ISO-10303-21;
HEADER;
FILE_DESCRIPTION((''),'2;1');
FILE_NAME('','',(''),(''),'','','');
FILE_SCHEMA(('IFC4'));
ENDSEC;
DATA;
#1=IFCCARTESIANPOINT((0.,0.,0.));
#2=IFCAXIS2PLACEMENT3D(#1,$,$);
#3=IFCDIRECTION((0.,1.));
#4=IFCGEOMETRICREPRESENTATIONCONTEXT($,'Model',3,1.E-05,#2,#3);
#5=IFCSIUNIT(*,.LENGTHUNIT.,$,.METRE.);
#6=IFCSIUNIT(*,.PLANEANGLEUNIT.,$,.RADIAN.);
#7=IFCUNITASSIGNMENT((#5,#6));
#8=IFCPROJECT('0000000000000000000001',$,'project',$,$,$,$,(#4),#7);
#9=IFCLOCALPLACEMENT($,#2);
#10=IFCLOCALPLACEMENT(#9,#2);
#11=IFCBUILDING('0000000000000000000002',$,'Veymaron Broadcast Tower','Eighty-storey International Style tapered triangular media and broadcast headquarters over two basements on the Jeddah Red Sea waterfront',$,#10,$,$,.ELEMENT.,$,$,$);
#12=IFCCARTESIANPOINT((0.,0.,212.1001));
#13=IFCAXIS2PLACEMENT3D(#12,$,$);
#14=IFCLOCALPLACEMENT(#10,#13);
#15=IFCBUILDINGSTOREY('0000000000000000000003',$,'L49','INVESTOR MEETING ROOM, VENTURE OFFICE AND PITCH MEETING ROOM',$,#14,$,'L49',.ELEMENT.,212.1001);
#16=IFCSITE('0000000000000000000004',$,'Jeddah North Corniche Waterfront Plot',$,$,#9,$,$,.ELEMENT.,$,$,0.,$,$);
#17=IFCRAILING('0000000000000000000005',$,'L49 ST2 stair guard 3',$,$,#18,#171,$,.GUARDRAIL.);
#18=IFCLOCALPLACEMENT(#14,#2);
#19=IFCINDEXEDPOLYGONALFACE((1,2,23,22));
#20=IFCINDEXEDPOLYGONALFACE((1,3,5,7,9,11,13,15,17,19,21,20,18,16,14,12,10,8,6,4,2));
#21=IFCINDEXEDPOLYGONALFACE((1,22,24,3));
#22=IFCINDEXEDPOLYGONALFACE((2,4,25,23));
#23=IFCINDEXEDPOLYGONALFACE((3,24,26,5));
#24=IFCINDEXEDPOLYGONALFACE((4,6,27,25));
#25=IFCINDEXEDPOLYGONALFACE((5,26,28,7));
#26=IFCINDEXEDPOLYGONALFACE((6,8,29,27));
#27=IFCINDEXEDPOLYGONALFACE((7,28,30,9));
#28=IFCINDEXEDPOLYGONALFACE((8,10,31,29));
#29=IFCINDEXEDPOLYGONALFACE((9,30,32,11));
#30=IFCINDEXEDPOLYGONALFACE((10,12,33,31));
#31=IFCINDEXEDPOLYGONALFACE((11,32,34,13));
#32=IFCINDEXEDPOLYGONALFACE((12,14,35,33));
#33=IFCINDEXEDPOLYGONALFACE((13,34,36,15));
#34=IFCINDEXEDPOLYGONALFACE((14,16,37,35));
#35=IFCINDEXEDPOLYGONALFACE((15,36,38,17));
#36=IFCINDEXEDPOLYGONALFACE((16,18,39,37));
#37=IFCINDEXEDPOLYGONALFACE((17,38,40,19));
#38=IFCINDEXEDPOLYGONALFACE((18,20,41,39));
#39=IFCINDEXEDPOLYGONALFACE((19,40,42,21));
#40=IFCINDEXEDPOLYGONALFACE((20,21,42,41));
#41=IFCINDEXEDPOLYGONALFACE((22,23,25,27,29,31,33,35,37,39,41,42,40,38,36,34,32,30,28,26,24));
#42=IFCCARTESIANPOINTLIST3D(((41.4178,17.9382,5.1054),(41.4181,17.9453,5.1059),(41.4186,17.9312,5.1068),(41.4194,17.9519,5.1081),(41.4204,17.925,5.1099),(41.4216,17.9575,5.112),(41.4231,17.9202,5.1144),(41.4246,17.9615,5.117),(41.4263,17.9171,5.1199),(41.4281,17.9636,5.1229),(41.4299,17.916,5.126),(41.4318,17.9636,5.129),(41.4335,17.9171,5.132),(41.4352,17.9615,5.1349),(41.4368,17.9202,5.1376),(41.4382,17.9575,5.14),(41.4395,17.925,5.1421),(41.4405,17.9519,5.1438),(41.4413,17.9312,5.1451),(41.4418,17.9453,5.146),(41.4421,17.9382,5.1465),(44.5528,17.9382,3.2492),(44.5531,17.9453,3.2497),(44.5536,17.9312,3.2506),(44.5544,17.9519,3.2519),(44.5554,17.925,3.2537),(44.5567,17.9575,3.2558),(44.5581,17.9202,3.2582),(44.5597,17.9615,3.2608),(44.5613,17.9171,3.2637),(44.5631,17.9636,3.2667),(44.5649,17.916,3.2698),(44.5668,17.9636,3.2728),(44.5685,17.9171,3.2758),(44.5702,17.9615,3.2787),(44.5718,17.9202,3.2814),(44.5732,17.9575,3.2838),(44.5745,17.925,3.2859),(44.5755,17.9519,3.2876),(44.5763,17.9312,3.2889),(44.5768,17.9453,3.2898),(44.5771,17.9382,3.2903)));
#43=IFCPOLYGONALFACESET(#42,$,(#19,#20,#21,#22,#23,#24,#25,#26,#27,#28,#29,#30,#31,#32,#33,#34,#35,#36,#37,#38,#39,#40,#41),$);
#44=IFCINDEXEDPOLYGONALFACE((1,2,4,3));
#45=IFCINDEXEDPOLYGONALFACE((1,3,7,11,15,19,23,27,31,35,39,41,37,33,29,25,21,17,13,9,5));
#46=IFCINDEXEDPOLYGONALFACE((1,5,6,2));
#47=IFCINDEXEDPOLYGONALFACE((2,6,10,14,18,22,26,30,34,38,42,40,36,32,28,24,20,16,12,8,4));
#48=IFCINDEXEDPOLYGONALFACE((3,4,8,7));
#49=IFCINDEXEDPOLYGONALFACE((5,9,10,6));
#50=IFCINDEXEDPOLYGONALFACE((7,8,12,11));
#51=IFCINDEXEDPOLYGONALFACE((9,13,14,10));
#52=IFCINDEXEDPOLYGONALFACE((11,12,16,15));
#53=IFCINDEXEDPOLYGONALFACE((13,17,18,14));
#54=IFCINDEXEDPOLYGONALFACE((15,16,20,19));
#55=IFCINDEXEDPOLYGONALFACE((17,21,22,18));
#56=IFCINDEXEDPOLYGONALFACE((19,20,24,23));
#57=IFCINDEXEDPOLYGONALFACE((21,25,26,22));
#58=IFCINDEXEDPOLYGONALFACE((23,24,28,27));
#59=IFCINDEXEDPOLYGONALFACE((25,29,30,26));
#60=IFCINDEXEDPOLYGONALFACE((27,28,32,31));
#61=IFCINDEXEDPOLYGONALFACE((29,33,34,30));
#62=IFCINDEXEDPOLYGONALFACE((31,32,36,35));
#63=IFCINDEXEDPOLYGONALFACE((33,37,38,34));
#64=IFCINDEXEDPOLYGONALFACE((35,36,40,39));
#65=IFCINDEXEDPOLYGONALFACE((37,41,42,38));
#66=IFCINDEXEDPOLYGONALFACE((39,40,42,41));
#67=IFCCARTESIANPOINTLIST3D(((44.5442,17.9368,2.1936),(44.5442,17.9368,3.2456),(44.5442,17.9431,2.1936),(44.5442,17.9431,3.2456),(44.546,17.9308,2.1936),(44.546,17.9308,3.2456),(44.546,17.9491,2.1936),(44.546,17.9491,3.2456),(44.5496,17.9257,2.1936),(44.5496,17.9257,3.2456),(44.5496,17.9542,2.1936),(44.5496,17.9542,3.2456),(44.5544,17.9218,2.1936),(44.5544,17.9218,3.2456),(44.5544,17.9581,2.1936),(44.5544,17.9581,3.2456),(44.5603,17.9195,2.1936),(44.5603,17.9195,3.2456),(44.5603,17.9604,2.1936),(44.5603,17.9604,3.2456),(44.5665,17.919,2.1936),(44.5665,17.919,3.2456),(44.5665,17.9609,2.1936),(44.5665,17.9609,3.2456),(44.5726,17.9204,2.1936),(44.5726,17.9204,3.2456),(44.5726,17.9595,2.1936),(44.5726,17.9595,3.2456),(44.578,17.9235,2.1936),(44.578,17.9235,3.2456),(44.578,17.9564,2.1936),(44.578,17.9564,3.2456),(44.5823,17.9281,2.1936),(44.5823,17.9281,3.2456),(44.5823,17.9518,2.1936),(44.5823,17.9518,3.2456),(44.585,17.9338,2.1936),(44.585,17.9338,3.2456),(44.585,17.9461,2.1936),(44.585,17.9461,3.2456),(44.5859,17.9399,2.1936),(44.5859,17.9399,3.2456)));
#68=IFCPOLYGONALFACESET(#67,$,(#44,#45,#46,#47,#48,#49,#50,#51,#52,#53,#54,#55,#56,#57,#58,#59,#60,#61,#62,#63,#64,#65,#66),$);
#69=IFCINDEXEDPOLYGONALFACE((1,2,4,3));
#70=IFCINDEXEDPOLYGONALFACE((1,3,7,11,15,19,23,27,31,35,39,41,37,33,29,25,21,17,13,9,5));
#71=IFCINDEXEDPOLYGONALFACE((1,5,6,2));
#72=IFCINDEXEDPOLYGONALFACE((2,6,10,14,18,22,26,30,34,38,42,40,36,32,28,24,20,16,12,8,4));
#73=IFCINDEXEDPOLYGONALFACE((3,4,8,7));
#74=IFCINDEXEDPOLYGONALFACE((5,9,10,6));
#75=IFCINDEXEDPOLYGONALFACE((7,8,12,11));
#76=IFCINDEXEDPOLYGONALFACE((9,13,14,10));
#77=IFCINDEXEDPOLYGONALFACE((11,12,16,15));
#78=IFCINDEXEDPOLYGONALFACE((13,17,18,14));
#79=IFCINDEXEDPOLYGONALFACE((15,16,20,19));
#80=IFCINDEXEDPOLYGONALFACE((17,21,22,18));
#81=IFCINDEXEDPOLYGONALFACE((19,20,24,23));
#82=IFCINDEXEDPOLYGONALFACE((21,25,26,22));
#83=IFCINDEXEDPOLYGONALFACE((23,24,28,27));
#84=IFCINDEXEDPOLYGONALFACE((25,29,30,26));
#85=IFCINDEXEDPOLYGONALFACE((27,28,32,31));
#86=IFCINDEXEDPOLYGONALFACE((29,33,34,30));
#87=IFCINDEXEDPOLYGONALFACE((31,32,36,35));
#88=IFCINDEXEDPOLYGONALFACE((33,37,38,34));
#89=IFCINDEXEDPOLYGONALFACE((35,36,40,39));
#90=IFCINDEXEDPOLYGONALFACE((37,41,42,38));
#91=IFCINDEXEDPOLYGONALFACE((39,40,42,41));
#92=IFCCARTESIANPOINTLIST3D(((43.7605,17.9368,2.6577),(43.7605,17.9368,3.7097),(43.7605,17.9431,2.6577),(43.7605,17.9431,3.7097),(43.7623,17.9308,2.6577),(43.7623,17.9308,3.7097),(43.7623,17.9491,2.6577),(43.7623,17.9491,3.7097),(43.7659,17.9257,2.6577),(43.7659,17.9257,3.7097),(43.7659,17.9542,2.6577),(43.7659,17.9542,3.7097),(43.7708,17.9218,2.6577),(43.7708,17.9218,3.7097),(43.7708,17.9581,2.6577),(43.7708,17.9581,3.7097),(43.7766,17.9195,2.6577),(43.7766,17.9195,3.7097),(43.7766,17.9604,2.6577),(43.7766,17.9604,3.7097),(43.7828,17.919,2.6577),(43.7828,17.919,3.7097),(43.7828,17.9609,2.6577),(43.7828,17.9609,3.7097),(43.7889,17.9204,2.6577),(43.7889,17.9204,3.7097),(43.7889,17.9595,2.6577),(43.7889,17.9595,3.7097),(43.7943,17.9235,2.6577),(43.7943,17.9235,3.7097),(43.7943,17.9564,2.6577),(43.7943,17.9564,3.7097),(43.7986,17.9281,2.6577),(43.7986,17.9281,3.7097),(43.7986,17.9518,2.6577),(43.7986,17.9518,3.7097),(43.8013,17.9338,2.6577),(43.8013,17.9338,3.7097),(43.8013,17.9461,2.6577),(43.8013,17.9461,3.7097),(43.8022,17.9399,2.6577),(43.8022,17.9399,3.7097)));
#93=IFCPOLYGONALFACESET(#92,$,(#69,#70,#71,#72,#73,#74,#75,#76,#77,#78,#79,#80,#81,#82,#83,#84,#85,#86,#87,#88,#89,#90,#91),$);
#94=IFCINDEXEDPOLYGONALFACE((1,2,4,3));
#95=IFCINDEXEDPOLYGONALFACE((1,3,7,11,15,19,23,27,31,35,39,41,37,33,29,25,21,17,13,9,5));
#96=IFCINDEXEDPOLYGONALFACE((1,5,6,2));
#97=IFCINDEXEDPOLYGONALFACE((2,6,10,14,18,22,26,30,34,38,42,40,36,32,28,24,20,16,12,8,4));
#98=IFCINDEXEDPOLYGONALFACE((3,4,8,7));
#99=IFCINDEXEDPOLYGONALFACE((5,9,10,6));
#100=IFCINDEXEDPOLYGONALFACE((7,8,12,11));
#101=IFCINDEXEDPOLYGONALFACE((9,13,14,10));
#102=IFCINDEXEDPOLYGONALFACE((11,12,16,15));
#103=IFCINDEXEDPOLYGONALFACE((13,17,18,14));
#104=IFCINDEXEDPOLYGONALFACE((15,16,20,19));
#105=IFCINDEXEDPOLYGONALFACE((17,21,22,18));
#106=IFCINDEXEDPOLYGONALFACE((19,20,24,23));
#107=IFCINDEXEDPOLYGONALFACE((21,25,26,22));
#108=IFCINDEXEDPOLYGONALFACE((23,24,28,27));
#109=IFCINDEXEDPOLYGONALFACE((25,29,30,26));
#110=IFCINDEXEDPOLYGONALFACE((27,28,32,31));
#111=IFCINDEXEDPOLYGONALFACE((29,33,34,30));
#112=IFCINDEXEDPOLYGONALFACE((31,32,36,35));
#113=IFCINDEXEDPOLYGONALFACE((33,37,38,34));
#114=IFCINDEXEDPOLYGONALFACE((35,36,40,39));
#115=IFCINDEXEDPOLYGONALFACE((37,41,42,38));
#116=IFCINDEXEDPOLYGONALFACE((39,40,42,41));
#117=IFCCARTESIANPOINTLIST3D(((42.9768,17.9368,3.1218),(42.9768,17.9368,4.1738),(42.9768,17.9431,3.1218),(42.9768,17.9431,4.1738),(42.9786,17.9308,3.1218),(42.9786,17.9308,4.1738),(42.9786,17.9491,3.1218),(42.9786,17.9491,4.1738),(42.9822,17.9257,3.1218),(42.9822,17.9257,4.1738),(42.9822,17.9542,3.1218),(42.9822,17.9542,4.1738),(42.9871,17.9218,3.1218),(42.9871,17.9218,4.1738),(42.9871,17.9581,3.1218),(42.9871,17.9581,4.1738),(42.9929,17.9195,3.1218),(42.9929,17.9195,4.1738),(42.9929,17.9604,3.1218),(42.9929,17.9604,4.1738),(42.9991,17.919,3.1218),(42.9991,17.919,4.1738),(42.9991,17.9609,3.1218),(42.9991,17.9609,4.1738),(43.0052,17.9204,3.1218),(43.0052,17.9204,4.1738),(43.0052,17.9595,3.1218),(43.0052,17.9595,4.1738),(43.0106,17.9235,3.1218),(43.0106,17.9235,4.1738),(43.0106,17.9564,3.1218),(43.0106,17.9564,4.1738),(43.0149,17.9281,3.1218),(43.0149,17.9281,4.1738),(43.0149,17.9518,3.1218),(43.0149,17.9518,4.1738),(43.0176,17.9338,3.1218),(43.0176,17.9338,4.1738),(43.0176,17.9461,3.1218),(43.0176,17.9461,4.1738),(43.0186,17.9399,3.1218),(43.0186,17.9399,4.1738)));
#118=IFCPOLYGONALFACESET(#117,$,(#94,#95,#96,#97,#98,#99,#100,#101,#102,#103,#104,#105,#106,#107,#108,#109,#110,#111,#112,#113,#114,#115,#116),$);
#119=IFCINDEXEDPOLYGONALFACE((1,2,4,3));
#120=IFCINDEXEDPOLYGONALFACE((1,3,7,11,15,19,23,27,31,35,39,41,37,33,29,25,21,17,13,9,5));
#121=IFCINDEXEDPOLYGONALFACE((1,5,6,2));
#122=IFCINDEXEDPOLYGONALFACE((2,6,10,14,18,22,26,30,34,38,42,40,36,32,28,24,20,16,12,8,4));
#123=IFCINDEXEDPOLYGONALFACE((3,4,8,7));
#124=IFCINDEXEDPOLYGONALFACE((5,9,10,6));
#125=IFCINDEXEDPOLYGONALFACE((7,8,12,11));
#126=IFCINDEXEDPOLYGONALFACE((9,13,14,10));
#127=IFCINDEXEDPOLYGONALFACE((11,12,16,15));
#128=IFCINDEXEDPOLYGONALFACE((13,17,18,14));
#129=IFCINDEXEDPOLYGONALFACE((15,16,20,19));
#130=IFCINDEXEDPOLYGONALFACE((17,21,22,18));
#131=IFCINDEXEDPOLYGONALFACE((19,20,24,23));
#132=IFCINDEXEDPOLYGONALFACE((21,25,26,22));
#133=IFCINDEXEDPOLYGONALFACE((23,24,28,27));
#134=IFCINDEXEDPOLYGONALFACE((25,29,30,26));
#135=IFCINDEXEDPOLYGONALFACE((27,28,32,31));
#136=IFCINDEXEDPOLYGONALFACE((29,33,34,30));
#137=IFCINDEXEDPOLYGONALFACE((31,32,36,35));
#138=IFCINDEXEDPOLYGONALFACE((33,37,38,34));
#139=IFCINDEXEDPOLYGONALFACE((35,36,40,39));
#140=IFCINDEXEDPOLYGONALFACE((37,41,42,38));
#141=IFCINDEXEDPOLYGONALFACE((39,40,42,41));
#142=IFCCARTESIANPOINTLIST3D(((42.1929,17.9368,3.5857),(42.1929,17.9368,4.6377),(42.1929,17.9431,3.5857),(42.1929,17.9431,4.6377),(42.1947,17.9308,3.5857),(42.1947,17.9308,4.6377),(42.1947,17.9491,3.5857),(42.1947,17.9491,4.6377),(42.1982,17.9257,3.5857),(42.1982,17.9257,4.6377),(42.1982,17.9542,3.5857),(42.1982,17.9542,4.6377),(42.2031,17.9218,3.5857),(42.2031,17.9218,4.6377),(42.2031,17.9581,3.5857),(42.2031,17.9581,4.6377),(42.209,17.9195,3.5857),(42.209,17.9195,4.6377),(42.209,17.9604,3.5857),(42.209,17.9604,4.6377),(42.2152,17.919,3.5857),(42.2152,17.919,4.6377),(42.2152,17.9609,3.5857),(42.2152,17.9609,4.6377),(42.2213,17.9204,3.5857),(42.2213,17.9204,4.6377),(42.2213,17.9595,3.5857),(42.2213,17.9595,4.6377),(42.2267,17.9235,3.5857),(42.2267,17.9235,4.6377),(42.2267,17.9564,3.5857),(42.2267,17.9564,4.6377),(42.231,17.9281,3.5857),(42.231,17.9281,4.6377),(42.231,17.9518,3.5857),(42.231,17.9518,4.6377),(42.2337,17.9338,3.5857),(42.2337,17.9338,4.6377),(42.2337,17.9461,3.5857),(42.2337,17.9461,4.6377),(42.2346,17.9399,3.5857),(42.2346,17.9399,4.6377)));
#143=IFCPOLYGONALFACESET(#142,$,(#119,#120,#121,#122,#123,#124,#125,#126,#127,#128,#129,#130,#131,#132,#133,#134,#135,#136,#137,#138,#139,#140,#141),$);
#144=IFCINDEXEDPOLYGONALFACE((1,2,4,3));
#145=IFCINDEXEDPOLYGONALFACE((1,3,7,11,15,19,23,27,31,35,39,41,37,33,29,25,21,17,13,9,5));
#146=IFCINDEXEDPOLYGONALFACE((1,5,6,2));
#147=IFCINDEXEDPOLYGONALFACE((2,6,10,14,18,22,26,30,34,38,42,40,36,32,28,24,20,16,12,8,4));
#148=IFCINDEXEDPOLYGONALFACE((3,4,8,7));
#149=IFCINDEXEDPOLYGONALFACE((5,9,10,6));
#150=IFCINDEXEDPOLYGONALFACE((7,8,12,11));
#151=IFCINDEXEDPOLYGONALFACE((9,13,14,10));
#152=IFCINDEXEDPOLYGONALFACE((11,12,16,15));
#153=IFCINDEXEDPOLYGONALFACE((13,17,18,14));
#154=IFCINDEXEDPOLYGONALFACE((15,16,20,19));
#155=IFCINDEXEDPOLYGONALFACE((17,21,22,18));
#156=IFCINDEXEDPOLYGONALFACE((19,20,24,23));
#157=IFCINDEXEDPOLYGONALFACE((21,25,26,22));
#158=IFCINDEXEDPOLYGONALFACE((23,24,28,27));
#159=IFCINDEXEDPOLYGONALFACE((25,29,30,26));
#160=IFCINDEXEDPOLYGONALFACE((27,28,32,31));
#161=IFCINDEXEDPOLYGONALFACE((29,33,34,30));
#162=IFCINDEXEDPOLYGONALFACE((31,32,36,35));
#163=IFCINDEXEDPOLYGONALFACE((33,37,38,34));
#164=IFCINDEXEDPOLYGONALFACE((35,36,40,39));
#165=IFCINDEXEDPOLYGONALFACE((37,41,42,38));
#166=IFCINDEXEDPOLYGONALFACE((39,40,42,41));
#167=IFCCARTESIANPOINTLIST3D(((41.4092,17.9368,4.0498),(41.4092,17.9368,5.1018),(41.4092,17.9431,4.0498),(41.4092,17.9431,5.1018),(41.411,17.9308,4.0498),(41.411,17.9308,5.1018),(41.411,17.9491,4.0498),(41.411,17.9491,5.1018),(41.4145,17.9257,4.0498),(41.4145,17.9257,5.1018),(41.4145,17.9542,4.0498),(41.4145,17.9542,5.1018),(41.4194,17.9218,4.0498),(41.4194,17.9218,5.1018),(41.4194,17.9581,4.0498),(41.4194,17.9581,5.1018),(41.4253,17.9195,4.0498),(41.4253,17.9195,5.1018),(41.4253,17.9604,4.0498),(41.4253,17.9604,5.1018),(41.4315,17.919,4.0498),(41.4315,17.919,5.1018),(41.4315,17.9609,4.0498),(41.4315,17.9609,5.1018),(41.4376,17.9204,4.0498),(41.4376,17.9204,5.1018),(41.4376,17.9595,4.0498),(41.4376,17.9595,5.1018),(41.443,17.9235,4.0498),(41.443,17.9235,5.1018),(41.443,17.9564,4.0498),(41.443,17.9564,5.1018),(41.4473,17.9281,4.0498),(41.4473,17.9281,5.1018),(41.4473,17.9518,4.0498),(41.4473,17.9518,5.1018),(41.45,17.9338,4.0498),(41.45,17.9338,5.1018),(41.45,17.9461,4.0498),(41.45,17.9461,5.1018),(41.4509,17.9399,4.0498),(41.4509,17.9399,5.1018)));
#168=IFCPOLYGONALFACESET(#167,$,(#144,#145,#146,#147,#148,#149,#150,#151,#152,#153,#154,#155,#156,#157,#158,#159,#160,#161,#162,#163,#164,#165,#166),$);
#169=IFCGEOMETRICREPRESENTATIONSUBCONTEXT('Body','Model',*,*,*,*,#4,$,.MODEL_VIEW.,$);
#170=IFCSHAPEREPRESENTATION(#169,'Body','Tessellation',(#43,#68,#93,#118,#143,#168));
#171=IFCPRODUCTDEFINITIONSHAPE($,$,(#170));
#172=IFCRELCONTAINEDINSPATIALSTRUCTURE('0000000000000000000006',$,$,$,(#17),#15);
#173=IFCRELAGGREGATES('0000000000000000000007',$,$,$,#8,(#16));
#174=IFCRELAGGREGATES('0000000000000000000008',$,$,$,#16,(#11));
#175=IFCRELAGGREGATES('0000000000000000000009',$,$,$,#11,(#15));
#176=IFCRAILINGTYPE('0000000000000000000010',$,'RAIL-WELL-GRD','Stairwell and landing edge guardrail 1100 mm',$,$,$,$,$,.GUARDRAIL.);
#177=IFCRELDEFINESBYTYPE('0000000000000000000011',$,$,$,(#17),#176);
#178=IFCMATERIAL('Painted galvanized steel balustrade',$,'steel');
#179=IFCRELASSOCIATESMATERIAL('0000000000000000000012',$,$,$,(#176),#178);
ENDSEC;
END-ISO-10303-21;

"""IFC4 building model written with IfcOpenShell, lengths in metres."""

from ifc_helpers import new_model, si_unit, direction, frame, origin, origin_2d, place, context, subcontext, project, spatial, circle, extrude, material, type_object, element, save


model = new_model("IFC4")

# Units and contexts
model_context = context("Model", 3, precision=1e-05, world=origin(), true_north=direction((0.0, 1.0)))
body_context = subcontext(model_context, "Body", "Model", "MODEL_VIEW")
ifc_project = project(units=[si_unit("LENGTHUNIT", "METRE"), si_unit("PLANEANGLEUNIT", "RADIAN")], contexts=[model_context])

# Site, building, storey
site_placement = place(None, origin())
site = spatial("IfcSite", under=ifc_project, at=site_placement, Name="Jeddah North Corniche Waterfront Plot", CompositionType="ELEMENT", RefElevation=0.0)
building_placement = place(site_placement, origin())
building = spatial("IfcBuilding", under=site, at=building_placement, Name="Veymaron Broadcast Tower", Description="Eighty-storey International Style tapered triangular media and broadcast headquarters over two basements on the Jeddah Red Sea waterfront", CompositionType="ELEMENT")
storey_placement = place(building_placement, frame((0.0, 0.0, 212.1001)))
storey = spatial("IfcBuildingStorey", under=building, at=storey_placement, Name="L49", Description="INVESTOR MEETING ROOM, VENTURE OFFICE AND PITCH MEETING ROOM", LongName="L49", CompositionType="ELEMENT", Elevation=212.1001)

# Railing
ifc_material_1 = material(Name="Painted galvanized steel balustrade", Category="steel")
railing_type_1 = type_object("IfcRailingType", Name="RAIL-WELL-GRD", Description="Stairwell and landing edge guardrail 1100 mm", PredefinedType="GUARDRAIL", material=ifc_material_1)
railing_1_placement = place(storey_placement, frame((44.5649, 17.9399, 2.1936)))
element("IfcRailing", 1, at=railing_1_placement, inside=storey, type_object=railing_type_1, Name="L49 ST2 stair guard 3", PredefinedType="GUARDRAIL", context=body_context, shape_type="SweptSolid", body=[
    extrude(circle(Radius=0.0239, at=origin_2d()), frame((0.0, 0.0, 1.0762), z_axis=(-0.860482, 0.0, 0.509481), x_axis=(0.0, -1.0, 0.0)), (0.0, 0.0, 1.0), 3.6433),
    extrude(circle(Radius=0.021, at=origin_2d()), origin(), (0.0, 0.0, 1.0), 1.052),
    extrude(circle(Radius=0.021, at=origin_2d()), frame((-0.7837, 0.0, 0.4641)), (0.0, 0.0, 1.0), 1.052),
    extrude(circle(Radius=0.021, at=origin_2d()), frame((-1.5674, 0.0, 0.9282)), (0.0, 0.0, 1.0), 1.052),
    extrude(circle(Radius=0.021, at=origin_2d()), frame((-2.3513, 0.0, 1.3921)), (0.0, 0.0, 1.0), 1.052),
    extrude(circle(Radius=0.021, at=origin_2d()), frame((-3.135, 0.0, 1.8562)), (0.0, 0.0, 1.0), 1.052),
])

save(model, "model.ifc")
